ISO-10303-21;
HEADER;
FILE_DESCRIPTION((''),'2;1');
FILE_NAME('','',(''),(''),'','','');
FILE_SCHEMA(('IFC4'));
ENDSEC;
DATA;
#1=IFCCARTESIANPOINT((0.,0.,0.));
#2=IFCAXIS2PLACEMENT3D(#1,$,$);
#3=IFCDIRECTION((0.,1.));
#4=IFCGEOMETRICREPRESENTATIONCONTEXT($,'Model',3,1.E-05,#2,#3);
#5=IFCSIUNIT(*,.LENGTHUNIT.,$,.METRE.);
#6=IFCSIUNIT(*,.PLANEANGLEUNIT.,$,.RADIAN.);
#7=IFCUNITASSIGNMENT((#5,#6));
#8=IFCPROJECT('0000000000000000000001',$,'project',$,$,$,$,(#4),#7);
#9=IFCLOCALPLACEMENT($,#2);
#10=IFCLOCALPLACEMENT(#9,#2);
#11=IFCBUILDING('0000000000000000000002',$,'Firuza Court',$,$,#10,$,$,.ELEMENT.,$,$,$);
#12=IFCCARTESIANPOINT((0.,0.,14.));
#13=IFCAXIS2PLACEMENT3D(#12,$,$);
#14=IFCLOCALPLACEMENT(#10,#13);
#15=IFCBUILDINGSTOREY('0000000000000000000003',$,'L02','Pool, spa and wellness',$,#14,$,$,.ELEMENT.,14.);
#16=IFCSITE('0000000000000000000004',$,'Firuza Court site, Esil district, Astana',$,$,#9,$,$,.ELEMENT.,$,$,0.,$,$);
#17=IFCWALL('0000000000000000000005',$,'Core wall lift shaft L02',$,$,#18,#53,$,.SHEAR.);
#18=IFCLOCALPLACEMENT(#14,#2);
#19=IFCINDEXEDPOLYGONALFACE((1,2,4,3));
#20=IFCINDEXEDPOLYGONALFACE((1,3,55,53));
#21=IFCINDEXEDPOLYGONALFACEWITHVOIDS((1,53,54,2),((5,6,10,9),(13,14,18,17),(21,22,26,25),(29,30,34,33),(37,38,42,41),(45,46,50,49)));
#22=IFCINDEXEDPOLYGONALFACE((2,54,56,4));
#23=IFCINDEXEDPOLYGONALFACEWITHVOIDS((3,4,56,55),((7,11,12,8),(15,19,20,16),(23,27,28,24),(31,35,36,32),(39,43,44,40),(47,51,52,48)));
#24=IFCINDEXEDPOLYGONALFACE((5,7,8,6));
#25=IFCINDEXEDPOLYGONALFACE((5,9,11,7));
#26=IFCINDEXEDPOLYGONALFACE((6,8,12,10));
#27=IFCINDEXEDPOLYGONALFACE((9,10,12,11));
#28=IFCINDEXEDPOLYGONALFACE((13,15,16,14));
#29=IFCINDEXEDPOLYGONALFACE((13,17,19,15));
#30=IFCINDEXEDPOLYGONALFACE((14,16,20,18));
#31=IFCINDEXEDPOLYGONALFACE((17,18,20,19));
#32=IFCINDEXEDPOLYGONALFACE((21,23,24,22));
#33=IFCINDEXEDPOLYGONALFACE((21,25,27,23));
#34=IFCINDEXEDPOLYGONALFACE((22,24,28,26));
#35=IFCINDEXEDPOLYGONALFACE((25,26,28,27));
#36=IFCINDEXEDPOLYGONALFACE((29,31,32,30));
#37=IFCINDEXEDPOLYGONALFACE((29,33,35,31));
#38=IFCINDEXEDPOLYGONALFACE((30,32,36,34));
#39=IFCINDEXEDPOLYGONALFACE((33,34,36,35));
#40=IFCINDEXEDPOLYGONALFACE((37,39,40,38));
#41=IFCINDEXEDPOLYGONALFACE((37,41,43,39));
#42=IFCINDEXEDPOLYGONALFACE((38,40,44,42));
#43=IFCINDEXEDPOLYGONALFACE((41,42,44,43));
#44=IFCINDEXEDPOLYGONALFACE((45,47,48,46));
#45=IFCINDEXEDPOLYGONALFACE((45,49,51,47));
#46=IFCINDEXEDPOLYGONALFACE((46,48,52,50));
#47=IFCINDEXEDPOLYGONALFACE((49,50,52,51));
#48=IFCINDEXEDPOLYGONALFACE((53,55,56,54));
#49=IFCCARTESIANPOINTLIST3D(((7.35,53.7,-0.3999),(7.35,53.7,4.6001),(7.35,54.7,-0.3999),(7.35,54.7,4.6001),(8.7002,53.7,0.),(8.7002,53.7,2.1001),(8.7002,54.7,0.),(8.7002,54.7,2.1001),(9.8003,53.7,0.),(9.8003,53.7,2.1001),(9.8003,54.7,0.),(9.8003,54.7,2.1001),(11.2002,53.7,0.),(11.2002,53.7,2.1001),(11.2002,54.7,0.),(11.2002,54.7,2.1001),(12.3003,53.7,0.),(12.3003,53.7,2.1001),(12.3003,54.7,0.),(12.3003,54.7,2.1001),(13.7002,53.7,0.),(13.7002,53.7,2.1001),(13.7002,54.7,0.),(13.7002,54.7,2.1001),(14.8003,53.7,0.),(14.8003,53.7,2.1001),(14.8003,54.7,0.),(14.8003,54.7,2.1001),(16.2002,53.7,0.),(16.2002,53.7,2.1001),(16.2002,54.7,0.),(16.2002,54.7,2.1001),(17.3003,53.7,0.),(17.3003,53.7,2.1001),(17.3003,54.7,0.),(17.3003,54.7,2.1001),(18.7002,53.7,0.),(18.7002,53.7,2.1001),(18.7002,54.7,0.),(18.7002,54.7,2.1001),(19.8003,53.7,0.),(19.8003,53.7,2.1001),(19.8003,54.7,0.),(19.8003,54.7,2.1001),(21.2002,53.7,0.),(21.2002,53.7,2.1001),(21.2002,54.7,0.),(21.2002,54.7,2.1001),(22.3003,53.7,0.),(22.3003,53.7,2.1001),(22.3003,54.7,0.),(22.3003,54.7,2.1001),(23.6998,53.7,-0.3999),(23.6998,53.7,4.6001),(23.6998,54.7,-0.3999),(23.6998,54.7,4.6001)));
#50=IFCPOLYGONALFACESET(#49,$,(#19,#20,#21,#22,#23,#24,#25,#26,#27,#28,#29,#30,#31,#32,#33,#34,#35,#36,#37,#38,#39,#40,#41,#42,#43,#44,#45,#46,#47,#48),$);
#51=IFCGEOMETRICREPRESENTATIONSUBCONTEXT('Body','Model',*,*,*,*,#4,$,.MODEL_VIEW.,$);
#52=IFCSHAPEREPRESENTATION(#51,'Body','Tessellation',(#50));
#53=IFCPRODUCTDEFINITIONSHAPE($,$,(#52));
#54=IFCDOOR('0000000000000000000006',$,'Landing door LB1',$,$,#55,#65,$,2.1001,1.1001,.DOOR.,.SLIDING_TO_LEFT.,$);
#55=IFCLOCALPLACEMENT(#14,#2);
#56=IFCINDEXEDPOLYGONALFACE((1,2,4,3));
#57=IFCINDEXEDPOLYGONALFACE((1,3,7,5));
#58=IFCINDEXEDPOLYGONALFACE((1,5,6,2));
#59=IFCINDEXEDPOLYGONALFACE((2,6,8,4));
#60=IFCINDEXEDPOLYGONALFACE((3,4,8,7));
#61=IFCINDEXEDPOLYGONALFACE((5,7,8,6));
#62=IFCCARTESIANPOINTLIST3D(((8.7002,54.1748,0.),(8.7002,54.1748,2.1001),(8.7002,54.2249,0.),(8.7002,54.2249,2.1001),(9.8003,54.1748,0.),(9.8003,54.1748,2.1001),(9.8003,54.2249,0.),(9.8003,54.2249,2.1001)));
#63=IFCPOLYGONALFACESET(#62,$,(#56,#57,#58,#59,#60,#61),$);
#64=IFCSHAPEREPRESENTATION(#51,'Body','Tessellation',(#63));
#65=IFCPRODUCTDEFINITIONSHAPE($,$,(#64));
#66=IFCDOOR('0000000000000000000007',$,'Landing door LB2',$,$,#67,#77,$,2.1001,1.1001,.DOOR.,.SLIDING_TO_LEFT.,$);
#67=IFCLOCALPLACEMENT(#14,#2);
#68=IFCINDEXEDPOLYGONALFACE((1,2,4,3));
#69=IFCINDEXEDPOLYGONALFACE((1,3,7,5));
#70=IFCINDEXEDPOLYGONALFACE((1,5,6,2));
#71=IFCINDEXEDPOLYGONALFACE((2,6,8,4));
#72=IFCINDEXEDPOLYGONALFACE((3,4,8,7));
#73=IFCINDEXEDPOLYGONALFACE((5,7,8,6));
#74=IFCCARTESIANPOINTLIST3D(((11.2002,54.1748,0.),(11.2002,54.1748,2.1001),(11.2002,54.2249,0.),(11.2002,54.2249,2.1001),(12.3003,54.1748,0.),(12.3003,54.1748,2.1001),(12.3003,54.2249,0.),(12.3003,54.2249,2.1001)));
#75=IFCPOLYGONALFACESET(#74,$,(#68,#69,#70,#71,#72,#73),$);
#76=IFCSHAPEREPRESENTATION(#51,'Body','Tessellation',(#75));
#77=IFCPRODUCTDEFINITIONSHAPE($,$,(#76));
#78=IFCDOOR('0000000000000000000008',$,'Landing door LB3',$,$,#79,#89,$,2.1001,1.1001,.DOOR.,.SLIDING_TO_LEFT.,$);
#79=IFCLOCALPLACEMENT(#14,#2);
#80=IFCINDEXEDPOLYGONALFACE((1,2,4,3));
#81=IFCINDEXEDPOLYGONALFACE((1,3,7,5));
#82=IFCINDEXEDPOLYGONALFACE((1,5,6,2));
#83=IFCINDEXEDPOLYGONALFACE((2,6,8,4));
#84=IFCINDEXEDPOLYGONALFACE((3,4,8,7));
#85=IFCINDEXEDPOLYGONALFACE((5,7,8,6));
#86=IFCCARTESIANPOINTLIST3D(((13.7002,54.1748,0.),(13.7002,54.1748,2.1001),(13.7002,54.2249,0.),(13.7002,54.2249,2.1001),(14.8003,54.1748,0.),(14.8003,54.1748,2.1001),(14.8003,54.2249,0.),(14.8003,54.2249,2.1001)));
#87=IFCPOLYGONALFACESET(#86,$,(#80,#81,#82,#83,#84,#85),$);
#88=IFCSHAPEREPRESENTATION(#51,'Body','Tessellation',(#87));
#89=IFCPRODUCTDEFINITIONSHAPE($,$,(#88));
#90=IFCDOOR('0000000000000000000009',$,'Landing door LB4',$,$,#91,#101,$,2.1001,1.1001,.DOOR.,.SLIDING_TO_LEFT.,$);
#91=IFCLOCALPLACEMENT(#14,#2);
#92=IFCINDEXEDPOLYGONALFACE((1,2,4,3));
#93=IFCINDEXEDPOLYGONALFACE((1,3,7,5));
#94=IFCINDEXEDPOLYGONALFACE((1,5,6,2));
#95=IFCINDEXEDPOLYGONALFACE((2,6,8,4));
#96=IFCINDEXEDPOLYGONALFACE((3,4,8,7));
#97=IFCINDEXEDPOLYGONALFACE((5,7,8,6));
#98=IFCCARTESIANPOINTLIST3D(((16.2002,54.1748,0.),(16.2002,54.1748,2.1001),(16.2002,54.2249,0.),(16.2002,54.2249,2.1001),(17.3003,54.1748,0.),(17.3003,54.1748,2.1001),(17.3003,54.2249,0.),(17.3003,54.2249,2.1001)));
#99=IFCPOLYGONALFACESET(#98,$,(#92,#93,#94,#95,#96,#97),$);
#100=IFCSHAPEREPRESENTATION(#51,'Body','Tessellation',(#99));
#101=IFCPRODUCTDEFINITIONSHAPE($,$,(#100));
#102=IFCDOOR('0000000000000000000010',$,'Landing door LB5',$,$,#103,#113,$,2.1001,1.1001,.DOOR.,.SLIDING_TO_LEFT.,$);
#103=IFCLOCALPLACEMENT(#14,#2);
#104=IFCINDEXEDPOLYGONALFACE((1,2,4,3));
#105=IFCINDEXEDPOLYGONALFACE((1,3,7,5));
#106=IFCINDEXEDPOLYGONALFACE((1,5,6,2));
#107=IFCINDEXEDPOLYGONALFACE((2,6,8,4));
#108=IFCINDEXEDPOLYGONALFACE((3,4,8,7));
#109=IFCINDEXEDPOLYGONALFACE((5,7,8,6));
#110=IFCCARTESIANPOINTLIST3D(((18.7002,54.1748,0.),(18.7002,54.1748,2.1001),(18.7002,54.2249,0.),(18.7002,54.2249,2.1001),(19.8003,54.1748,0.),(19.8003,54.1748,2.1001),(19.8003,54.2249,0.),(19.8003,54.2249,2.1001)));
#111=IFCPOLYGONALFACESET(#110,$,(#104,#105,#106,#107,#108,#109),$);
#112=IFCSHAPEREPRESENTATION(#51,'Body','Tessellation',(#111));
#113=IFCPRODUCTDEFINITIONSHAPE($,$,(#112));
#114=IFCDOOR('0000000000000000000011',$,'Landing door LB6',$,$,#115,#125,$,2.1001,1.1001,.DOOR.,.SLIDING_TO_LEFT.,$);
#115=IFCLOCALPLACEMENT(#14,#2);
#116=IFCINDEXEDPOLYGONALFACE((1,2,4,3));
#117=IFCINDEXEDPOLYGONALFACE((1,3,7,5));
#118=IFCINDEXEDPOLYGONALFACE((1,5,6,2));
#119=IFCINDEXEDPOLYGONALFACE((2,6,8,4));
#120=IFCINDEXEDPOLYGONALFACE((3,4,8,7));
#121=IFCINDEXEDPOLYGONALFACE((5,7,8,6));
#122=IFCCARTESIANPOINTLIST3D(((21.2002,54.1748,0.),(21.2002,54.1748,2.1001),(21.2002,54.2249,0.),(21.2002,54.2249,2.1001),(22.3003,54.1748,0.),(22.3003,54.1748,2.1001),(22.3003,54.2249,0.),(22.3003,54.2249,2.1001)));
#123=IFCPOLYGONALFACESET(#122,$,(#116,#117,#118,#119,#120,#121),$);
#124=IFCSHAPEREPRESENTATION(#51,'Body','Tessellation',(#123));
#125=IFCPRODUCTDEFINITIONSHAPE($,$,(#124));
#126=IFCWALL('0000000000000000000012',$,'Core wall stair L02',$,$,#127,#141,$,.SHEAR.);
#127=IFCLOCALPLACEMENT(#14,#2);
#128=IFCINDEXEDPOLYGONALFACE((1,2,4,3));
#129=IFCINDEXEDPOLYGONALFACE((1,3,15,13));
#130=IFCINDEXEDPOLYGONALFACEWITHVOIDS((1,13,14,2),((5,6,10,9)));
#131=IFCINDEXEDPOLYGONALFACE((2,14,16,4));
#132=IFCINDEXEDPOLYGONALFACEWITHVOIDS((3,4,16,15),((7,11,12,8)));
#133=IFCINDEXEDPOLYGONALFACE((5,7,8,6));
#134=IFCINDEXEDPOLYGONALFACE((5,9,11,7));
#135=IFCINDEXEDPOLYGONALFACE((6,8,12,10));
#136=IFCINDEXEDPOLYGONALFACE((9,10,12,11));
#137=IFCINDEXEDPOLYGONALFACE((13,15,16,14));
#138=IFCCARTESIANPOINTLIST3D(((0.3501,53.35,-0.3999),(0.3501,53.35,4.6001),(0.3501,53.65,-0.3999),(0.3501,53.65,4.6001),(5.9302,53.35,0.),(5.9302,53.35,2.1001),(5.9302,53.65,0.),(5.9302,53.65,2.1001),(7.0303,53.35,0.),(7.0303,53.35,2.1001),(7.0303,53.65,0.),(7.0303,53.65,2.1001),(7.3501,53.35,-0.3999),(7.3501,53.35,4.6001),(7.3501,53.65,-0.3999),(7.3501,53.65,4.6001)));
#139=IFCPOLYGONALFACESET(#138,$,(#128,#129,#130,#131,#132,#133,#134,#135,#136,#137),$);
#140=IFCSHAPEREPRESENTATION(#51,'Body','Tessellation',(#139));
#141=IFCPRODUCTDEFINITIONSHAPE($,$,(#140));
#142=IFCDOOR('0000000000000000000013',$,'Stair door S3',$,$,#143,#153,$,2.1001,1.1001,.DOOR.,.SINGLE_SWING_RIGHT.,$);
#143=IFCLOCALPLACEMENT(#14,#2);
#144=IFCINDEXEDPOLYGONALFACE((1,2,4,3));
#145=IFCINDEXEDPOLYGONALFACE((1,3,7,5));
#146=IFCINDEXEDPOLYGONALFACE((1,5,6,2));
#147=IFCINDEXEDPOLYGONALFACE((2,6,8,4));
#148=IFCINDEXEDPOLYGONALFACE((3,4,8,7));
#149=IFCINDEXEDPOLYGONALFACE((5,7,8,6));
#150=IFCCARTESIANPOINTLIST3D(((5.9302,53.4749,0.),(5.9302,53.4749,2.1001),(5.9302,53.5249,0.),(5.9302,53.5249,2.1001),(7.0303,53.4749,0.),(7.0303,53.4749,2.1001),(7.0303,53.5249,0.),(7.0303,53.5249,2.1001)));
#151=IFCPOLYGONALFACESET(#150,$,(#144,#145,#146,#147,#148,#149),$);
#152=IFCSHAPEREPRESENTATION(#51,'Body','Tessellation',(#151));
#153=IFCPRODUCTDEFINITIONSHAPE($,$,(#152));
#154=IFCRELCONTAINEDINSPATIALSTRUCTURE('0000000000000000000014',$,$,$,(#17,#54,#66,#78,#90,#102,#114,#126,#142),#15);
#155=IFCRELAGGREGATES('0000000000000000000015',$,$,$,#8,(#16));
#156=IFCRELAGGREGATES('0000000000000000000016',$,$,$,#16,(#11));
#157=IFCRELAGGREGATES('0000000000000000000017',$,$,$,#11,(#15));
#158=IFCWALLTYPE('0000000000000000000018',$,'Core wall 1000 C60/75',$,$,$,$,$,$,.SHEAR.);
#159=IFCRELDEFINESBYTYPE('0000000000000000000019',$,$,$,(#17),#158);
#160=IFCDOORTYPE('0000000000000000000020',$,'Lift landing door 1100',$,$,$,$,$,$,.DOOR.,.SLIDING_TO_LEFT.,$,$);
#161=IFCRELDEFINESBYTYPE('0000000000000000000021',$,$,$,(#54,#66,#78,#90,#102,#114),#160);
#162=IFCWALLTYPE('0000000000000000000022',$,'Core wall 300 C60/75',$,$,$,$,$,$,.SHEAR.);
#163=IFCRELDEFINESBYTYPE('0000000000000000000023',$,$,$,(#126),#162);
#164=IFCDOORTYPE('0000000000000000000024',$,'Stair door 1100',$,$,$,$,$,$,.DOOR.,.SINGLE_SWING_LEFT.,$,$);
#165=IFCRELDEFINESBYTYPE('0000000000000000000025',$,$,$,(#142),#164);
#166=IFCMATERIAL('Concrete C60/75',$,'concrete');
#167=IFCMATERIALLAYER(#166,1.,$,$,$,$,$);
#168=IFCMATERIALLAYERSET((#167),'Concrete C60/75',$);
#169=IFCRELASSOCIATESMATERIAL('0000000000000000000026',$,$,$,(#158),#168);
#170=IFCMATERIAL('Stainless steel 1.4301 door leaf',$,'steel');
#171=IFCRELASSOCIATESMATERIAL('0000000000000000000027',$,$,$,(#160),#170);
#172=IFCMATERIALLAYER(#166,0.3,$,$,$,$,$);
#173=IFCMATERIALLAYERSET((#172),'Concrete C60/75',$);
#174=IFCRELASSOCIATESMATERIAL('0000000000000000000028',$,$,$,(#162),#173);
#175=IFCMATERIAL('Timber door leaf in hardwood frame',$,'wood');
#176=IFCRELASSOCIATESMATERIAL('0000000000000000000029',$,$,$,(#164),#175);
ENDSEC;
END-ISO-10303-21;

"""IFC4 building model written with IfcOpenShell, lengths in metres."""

from ifc_helpers import new_model, si_unit, direction, frame, frame_2d, origin, place, context, subcontext, project, spatial, rectangle, extrude, material, layer, layer_set, type_object, element, fill, save


model = new_model("IFC4")

# Units and contexts
model_context = context("Model", 3, precision=1e-05, world=origin(), true_north=direction((0.0, 1.0)))
body_context = subcontext(model_context, "Body", "Model", "MODEL_VIEW")
ifc_project = project(units=[si_unit("LENGTHUNIT", "METRE"), si_unit("PLANEANGLEUNIT", "RADIAN")], contexts=[model_context])

# Site, building, storey
site_placement = place(None, origin())
site = spatial("IfcSite", under=ifc_project, at=site_placement, Name="Firuza Court site, Esil district, Astana", CompositionType="ELEMENT", RefElevation=0.0)
building_placement = place(site_placement, origin())
building = spatial("IfcBuilding", under=site, at=building_placement, Name="Firuza Court", CompositionType="ELEMENT")
storey_placement = place(building_placement, frame((0.0, 0.0, 14.0)))
storey = spatial("IfcBuildingStorey", under=building, at=storey_placement, Name="L02", Description="Pool, spa and wellness", CompositionType="ELEMENT", Elevation=14.0)

# Wall, openings, doors
ifc_material_1 = material(Name="Concrete C60/75", Category="concrete")
ifc_layer_1 = layer(ifc_material_1, 1.0)
ifc_layer_set_1 = layer_set([ifc_layer_1], Name="Concrete C60/75")
wall_type_1 = type_object("IfcWallType", Name="Core wall 1000 C60/75", PredefinedType="SHEAR", material=ifc_layer_set_1)
wall_1_placement = place(storey_placement, frame((7.3501, 54.2, -0.3999), z_axis=(0.0, 0.0, 1.0), x_axis=(1.0, 0.0, 0.0)))
wall_1 = element("IfcWall", 1, at=wall_1_placement, inside=storey, type_object=wall_type_1, Name="Core wall lift shaft L02", PredefinedType="SHEAR", context=body_context, shape_type="SweptSolid", body=[
    extrude(rectangle(XDim=16.3499, YDim=1.0, at=frame_2d((8.1748, 0.0))), origin(), (0.0, 0.0, 1.0), 5.0),
])
opening_1_placement = place(wall_1_placement, frame((1.3501, 0.0, 0.3999)))
opening_1 = element("IfcOpeningElement", 2, at=opening_1_placement, cuts=wall_1, PredefinedType="OPENING", context=body_context, shape_type="SweptSolid", body=[
    extrude(rectangle(XDim=1.1001, YDim=2.1001, at=frame_2d((0.55, 1.05))), frame((0.0, 0.512, 0.0), z_axis=(0.0, -1.0, 0.0), x_axis=(1.0, 0.0, 0.0)), (0.0, 0.0, 1.0), 1.0239),
])
opening_2_placement = place(wall_1_placement, frame((3.8501, 0.0, 0.3999)))
opening_2 = element("IfcOpeningElement", 3, at=opening_2_placement, cuts=wall_1, PredefinedType="OPENING", context=body_context, shape_type="SweptSolid", body=[
    extrude(rectangle(XDim=1.1001, YDim=2.1001, at=frame_2d((0.55, 1.05))), frame((0.0, 0.512, 0.0), z_axis=(0.0, -1.0, 0.0), x_axis=(1.0, 0.0, 0.0)), (0.0, 0.0, 1.0), 1.0239),
])
opening_3_placement = place(wall_1_placement, frame((6.3501, 0.0, 0.3999)))
opening_3 = element("IfcOpeningElement", 4, at=opening_3_placement, cuts=wall_1, PredefinedType="OPENING", context=body_context, shape_type="SweptSolid", body=[
    extrude(rectangle(XDim=1.1001, YDim=2.1001, at=frame_2d((0.55, 1.05))), frame((0.0, 0.512, 0.0), z_axis=(0.0, -1.0, 0.0), x_axis=(1.0, 0.0, 0.0)), (0.0, 0.0, 1.0), 1.0239),
])
opening_4_placement = place(wall_1_placement, frame((8.8501, 0.0, 0.3999)))
opening_4 = element("IfcOpeningElement", 5, at=opening_4_placement, cuts=wall_1, PredefinedType="OPENING", context=body_context, shape_type="SweptSolid", body=[
    extrude(rectangle(XDim=1.1001, YDim=2.1001, at=frame_2d((0.55, 1.05))), frame((0.0, 0.512, 0.0), z_axis=(0.0, -1.0, 0.0), x_axis=(1.0, 0.0, 0.0)), (0.0, 0.0, 1.0), 1.0239),
])
opening_5_placement = place(wall_1_placement, frame((11.3501, 0.0, 0.3999)))
opening_5 = element("IfcOpeningElement", 6, at=opening_5_placement, cuts=wall_1, PredefinedType="OPENING", context=body_context, shape_type="SweptSolid", body=[
    extrude(rectangle(XDim=1.1001, YDim=2.1001, at=frame_2d((0.55, 1.05))), frame((0.0, 0.512, 0.0), z_axis=(0.0, -1.0, 0.0), x_axis=(1.0, 0.0, 0.0)), (0.0, 0.0, 1.0), 1.0239),
])
opening_6_placement = place(wall_1_placement, frame((13.8501, 0.0, 0.3999)))
opening_6 = element("IfcOpeningElement", 7, at=opening_6_placement, cuts=wall_1, PredefinedType="OPENING", context=body_context, shape_type="SweptSolid", body=[
    extrude(rectangle(XDim=1.1001, YDim=2.1001, at=frame_2d((0.55, 1.05))), frame((0.0, 0.512, 0.0), z_axis=(0.0, -1.0, 0.0), x_axis=(1.0, 0.0, 0.0)), (0.0, 0.0, 1.0), 1.0239),
])
ifc_material_2 = material(Name="Stainless steel 1.4301 door leaf", Category="steel")
door_type_1 = type_object("IfcDoorType", Name="Lift landing door 1100", OperationType="SLIDING_TO_LEFT", PredefinedType="DOOR", material=ifc_material_2)
door_1_placement = place(opening_1_placement, origin())
door_1 = element("IfcDoor", 8, at=door_1_placement, inside=storey, type_object=door_type_1, Name="Landing door LB1", OperationType="SLIDING_TO_LEFT", OverallHeight=2.1001, OverallWidth=1.1001, PredefinedType="DOOR", context=body_context, shape_type="SweptSolid", body=[
    extrude(rectangle(XDim=1.1001, YDim=2.1001, at=frame_2d((0.55, 1.05))), frame((0.0, 0.0249, 0.0), z_axis=(0.0, -1.0, 0.0), x_axis=(1.0, 0.0, 0.0)), (0.0, 0.0, 1.0), 0.05),
])
fill(opening_1, door_1)
door_2_placement = place(opening_2_placement, origin())
door_2 = element("IfcDoor", 9, at=door_2_placement, inside=storey, type_object=door_type_1, Name="Landing door LB2", OperationType="SLIDING_TO_LEFT", OverallHeight=2.1001, OverallWidth=1.1001, PredefinedType="DOOR", context=body_context, shape_type="SweptSolid", body=[
    extrude(rectangle(XDim=1.1001, YDim=2.1001, at=frame_2d((0.55, 1.05))), frame((0.0, 0.0249, 0.0), z_axis=(0.0, -1.0, 0.0), x_axis=(1.0, 0.0, 0.0)), (0.0, 0.0, 1.0), 0.05),
])
fill(opening_2, door_2)
door_3_placement = place(opening_3_placement, origin())
door_3 = element("IfcDoor", 10, at=door_3_placement, inside=storey, type_object=door_type_1, Name="Landing door LB3", OperationType="SLIDING_TO_LEFT", OverallHeight=2.1001, OverallWidth=1.1001, PredefinedType="DOOR", context=body_context, shape_type="SweptSolid", body=[
    extrude(rectangle(XDim=1.1001, YDim=2.1001, at=frame_2d((0.55, 1.05))), frame((0.0, 0.0249, 0.0), z_axis=(0.0, -1.0, 0.0), x_axis=(1.0, 0.0, 0.0)), (0.0, 0.0, 1.0), 0.05),
])
fill(opening_3, door_3)
door_4_placement = place(opening_4_placement, origin())
door_4 = element("IfcDoor", 11, at=door_4_placement, inside=storey, type_object=door_type_1, Name="Landing door LB4", OperationType="SLIDING_TO_LEFT", OverallHeight=2.1001, OverallWidth=1.1001, PredefinedType="DOOR", context=body_context, shape_type="SweptSolid", body=[
    extrude(rectangle(XDim=1.1001, YDim=2.1001, at=frame_2d((0.55, 1.05))), frame((0.0, 0.0249, 0.0), z_axis=(0.0, -1.0, 0.0), x_axis=(1.0, 0.0, 0.0)), (0.0, 0.0, 1.0), 0.05),
])
fill(opening_4, door_4)
door_5_placement = place(opening_5_placement, origin())
door_5 = element("IfcDoor", 12, at=door_5_placement, inside=storey, type_object=door_type_1, Name="Landing door LB5", OperationType="SLIDING_TO_LEFT", OverallHeight=2.1001, OverallWidth=1.1001, PredefinedType="DOOR", context=body_context, shape_type="SweptSolid", body=[
    extrude(rectangle(XDim=1.1001, YDim=2.1001, at=frame_2d((0.55, 1.05))), frame((0.0, 0.0249, 0.0), z_axis=(0.0, -1.0, 0.0), x_axis=(1.0, 0.0, 0.0)), (0.0, 0.0, 1.0), 0.05),
])
fill(opening_5, door_5)
door_6_placement = place(opening_6_placement, origin())
door_6 = element("IfcDoor", 13, at=door_6_placement, inside=storey, type_object=door_type_1, Name="Landing door LB6", OperationType="SLIDING_TO_LEFT", OverallHeight=2.1001, OverallWidth=1.1001, PredefinedType="DOOR", context=body_context, shape_type="SweptSolid", body=[
    extrude(rectangle(XDim=1.1001, YDim=2.1001, at=frame_2d((0.55, 1.05))), frame((0.0, 0.0249, 0.0), z_axis=(0.0, -1.0, 0.0), x_axis=(1.0, 0.0, 0.0)), (0.0, 0.0, 1.0), 0.05),
])
fill(opening_6, door_6)

# Wall, opening, door
ifc_layer_2 = layer(ifc_material_1, 0.3)
ifc_layer_set_2 = layer_set([ifc_layer_2], Name="Concrete C60/75")
wall_type_2 = type_object("IfcWallType", Name="Core wall 300 C60/75", PredefinedType="SHEAR", material=ifc_layer_set_2)
wall_2_placement = place(storey_placement, frame((0.3501, 53.5, -0.3999), z_axis=(0.0, 0.0, 1.0), x_axis=(1.0, 0.0, 0.0)))
wall_2 = element("IfcWall", 14, at=wall_2_placement, inside=storey, type_object=wall_type_2, Name="Core wall stair L02", PredefinedType="SHEAR", context=body_context, shape_type="SweptSolid", body=[
    extrude(rectangle(XDim=7.0, YDim=0.3, at=frame_2d((3.5, 0.0))), origin(), (0.0, 0.0, 1.0), 5.0),
])
opening_7_placement = place(wall_2_placement, frame((5.5801, 0.0, 0.3999)))
opening_7 = element("IfcOpeningElement", 15, at=opening_7_placement, cuts=wall_2, PredefinedType="OPENING", context=body_context, shape_type="SweptSolid", body=[
    extrude(rectangle(XDim=1.1001, YDim=2.1001, at=frame_2d((0.55, 1.05))), frame((0.0, 0.1621, 0.0), z_axis=(0.0, -1.0, 0.0), x_axis=(1.0, 0.0, 0.0)), (0.0, 0.0, 1.0), 0.324),
])
ifc_material_3 = material(Name="Timber door leaf in hardwood frame", Category="wood")
door_type_2 = type_object("IfcDoorType", Name="Stair door 1100", OperationType="SINGLE_SWING_LEFT", PredefinedType="DOOR", material=ifc_material_3)
door_7_placement = place(opening_7_placement, origin())
door_7 = element("IfcDoor", 16, at=door_7_placement, inside=storey, type_object=door_type_2, Name="Stair door S3", OperationType="SINGLE_SWING_RIGHT", OverallHeight=2.1001, OverallWidth=1.1001, PredefinedType="DOOR", context=body_context, shape_type="SweptSolid", body=[
    extrude(rectangle(XDim=1.1001, YDim=2.1001, at=frame_2d((0.55, 1.05))), frame((0.0, 0.0249, 0.0), z_axis=(0.0, -1.0, 0.0), x_axis=(1.0, 0.0, 0.0)), (0.0, 0.0, 1.0), 0.05),
])
fill(opening_7, door_7)

save(model, "model.ifc")
